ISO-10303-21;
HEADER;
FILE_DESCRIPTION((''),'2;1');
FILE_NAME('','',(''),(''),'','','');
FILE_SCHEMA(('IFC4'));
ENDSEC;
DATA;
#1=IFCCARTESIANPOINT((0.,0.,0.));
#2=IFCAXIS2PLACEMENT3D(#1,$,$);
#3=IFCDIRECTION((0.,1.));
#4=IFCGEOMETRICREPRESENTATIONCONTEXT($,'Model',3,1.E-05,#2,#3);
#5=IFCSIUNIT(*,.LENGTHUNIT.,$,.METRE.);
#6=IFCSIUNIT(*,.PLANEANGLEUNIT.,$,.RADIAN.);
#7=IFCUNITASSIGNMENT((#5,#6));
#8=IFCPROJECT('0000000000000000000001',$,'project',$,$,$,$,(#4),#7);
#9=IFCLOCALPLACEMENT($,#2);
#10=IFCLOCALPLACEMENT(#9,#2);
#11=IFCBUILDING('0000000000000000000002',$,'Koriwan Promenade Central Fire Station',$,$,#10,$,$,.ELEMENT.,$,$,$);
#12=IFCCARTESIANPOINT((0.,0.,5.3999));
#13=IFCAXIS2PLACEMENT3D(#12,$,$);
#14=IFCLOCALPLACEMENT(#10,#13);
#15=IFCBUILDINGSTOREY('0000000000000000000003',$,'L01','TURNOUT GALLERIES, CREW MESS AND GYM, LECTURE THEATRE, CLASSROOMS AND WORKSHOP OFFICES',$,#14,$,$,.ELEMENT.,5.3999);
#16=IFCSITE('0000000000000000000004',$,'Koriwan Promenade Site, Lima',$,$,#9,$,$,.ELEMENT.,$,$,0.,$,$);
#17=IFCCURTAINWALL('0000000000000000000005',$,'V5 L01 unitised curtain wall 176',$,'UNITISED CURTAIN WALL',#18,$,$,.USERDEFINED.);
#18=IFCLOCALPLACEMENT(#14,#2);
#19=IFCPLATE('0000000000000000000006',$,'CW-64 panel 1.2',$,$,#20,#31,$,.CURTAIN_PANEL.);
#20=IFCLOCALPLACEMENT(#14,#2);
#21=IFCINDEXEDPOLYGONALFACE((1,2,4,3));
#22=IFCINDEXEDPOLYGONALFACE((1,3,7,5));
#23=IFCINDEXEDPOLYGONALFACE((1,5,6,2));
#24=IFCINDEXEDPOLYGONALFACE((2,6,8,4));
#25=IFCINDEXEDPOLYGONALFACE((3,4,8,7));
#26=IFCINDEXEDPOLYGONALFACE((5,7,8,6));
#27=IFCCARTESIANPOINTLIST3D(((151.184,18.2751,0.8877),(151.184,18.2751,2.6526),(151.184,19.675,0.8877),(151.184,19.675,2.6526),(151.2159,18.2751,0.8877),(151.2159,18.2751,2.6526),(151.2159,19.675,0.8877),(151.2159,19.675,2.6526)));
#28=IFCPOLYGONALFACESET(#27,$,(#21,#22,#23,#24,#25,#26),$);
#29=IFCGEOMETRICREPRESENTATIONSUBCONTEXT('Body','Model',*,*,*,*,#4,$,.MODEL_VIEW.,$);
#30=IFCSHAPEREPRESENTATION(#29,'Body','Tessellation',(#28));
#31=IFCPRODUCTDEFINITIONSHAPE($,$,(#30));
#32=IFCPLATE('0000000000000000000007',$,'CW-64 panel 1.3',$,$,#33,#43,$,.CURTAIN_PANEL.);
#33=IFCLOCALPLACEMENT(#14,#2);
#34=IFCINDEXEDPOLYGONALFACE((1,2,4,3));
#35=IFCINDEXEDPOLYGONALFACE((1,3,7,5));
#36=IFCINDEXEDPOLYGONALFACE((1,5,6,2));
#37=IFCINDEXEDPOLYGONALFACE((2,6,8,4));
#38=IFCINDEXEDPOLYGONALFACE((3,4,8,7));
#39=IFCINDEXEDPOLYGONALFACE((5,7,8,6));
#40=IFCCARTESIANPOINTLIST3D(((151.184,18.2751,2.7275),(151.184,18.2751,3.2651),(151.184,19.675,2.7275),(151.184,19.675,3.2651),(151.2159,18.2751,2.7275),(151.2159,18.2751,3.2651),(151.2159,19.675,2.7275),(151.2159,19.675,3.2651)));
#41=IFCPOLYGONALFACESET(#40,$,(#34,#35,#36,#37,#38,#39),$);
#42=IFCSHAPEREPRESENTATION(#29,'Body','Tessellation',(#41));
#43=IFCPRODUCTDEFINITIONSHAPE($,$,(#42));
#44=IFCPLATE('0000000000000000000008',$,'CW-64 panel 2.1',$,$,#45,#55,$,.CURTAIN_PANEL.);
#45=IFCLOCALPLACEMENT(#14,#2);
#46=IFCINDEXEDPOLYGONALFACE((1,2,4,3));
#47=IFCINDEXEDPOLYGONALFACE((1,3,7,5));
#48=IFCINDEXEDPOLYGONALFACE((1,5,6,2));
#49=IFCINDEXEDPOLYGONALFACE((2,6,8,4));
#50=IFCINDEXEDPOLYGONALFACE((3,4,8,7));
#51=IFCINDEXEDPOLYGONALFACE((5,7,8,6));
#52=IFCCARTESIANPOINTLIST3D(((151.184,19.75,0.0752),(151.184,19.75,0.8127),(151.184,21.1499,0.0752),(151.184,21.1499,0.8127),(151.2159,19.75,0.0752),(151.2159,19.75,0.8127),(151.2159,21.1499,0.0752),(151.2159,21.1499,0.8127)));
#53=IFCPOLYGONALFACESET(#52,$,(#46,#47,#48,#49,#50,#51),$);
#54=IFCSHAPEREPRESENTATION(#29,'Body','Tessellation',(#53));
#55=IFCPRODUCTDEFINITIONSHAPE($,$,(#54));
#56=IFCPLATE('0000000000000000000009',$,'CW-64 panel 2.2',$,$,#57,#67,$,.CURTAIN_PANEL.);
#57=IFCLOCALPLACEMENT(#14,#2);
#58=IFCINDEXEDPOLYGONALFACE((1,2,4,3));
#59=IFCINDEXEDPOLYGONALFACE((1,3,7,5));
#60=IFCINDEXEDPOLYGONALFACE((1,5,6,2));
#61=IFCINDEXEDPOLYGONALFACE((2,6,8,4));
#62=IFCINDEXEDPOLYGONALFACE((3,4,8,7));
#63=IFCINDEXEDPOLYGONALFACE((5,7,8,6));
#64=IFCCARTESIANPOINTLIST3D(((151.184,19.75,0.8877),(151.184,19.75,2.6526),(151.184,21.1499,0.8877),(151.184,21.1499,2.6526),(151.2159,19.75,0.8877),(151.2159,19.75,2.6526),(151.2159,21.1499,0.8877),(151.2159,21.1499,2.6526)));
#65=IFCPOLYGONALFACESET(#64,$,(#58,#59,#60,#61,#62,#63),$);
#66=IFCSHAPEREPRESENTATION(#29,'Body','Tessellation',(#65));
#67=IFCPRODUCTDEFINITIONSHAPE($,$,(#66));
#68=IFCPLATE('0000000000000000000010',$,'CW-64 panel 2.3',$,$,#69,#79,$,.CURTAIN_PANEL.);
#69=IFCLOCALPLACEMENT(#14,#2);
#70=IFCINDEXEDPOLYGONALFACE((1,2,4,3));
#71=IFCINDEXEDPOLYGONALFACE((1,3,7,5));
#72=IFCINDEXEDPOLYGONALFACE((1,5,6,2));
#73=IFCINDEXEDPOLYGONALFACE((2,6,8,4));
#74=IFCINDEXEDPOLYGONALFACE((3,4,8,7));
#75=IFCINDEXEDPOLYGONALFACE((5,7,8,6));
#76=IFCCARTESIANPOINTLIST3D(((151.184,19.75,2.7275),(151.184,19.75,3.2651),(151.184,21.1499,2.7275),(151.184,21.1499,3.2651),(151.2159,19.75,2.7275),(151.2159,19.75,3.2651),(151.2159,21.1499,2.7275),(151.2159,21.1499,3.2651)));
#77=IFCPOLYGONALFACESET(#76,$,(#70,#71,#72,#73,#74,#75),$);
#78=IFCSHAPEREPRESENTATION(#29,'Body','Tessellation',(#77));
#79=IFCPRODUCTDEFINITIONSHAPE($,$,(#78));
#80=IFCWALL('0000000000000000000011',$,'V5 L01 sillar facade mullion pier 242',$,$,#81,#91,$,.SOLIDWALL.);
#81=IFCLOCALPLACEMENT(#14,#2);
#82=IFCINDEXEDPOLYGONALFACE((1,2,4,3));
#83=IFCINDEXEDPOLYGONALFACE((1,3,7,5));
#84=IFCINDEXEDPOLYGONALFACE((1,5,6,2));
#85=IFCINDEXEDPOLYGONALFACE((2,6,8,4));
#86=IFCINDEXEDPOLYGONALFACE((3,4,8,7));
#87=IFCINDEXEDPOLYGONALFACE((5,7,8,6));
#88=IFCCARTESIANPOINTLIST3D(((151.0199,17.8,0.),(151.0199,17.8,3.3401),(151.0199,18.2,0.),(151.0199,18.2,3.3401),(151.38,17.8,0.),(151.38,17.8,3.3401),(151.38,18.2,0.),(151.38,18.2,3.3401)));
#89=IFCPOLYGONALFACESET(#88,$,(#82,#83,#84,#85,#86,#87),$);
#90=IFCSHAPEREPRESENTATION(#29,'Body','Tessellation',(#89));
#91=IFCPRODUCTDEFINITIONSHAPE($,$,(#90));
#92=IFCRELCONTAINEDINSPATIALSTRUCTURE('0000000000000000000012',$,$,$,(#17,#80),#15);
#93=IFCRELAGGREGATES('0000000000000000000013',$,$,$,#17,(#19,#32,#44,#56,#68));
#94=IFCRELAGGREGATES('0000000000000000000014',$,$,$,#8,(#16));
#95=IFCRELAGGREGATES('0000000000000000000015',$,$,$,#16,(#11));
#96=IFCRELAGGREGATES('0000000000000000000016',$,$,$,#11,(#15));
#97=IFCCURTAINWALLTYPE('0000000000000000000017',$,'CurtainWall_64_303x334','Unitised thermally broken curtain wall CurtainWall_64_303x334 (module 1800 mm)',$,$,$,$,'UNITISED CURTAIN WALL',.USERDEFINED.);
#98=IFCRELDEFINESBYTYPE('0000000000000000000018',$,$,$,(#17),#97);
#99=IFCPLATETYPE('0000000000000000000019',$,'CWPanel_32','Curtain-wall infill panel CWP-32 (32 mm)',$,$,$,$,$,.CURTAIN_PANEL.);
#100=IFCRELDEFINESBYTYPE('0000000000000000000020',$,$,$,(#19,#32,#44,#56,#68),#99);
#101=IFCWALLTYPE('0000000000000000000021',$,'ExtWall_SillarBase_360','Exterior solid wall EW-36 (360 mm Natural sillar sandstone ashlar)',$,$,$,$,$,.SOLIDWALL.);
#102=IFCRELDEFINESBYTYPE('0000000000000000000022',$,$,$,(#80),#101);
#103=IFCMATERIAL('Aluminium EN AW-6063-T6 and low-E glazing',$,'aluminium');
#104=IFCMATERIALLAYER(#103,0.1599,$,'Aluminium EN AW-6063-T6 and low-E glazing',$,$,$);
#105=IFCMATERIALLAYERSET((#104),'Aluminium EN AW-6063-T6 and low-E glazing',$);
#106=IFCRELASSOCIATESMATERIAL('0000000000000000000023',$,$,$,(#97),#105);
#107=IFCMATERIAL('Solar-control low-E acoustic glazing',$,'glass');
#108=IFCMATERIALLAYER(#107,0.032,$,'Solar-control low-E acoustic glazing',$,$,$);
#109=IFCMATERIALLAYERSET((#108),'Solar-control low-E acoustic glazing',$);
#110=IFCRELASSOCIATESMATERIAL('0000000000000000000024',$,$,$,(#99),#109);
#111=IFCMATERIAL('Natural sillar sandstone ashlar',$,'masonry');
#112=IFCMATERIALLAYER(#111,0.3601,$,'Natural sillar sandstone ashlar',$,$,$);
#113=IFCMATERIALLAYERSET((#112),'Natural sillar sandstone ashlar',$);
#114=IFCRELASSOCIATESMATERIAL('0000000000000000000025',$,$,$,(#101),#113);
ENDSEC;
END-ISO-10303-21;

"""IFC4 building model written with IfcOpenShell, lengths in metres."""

from ifc_helpers import new_model, si_unit, direction, frame, frame_2d, origin, origin_2d, place, context, subcontext, project, spatial, rectangle, extrude, material, layer, layer_set, type_object, element, aggregate, save


model = new_model("IFC4")

# Units and contexts
model_context = context("Model", 3, precision=1e-05, world=origin(), true_north=direction((0.0, 1.0)))
body_context = subcontext(model_context, "Body", "Model", "MODEL_VIEW")
ifc_project = project(units=[si_unit("LENGTHUNIT", "METRE"), si_unit("PLANEANGLEUNIT", "RADIAN")], contexts=[model_context])

# Site, building, storey
site_placement = place(None, origin())
site = spatial("IfcSite", under=ifc_project, at=site_placement, Name="Koriwan Promenade Site, Lima", CompositionType="ELEMENT", RefElevation=0.0)
building_placement = place(site_placement, origin())
building = spatial("IfcBuilding", under=site, at=building_placement, Name="Koriwan Promenade Central Fire Station", CompositionType="ELEMENT")
storey_placement = place(building_placement, frame((0.0, 0.0, 5.3999)))
storey = spatial("IfcBuildingStorey", under=building, at=storey_placement, Name="L01", Description="TURNOUT GALLERIES, CREW MESS AND GYM, LECTURE THEATRE, CLASSROOMS AND WORKSHOP OFFICES", CompositionType="ELEMENT", Elevation=5.3999)

# Curtain wall
ifc_material_1 = material(Name="Aluminium EN AW-6063-T6 and low-E glazing", Category="aluminium")
ifc_layer_1 = layer(ifc_material_1, 0.1599, Name="Aluminium EN AW-6063-T6 and low-E glazing")
ifc_layer_set_1 = layer_set([ifc_layer_1], Name="Aluminium EN AW-6063-T6 and low-E glazing")
curtain_wall_type_1 = type_object("IfcCurtainWallType", Name="CurtainWall_64_303x334", Description="Unitised thermally broken curtain wall CurtainWall_64_303x334 (module 1800 mm)", ElementType="UNITISED CURTAIN WALL", PredefinedType="USERDEFINED", material=ifc_layer_set_1)
curtain_wall_1_placement = place(storey_placement, origin())
curtain_wall_1 = element("IfcCurtainWall", 1, at=curtain_wall_1_placement, inside=storey, type_object=curtain_wall_type_1, Name="V5 L01 unitised curtain wall 176", ObjectType="UNITISED CURTAIN WALL", PredefinedType="USERDEFINED")

# Plates
ifc_material_2 = material(Name="Solar-control low-E acoustic glazing", Category="glass")
ifc_layer_2 = layer(ifc_material_2, 0.032, Name="Solar-control low-E acoustic glazing")
ifc_layer_set_2 = layer_set([ifc_layer_2], Name="Solar-control low-E acoustic glazing")
plate_type = type_object("IfcPlateType", Name="CWPanel_32", Description="Curtain-wall infill panel CWP-32 (32 mm)", PredefinedType="CURTAIN_PANEL", material=ifc_layer_set_2)
plate_1_placement = place(storey_placement, frame((151.2, 18.9751, 0.8877), z_axis=(0.0, 0.0, 1.0), x_axis=(0.0, 1.0, 0.0)))
plate_1 = element("IfcPlate", 2, at=plate_1_placement, type_object=plate_type, Name="CW-64 panel 1.2", PredefinedType="CURTAIN_PANEL", context=body_context, shape_type="SweptSolid", body=[
    extrude(rectangle(XDim=1.3999, YDim=0.032, at=origin_2d()), origin(), (0.0, 0.0, 1.0), 1.7649),
])
plate_2_placement = place(storey_placement, frame((151.2, 18.9751, 2.7275), z_axis=(0.0, 0.0, 1.0), x_axis=(0.0, 1.0, 0.0)))
plate_2 = element("IfcPlate", 3, at=plate_2_placement, type_object=plate_type, Name="CW-64 panel 1.3", PredefinedType="CURTAIN_PANEL", context=body_context, shape_type="SweptSolid", body=[
    extrude(rectangle(XDim=1.3999, YDim=0.032, at=origin_2d()), origin(), (0.0, 0.0, 1.0), 0.5376),
])
plate_3_placement = place(storey_placement, frame((151.2, 20.45, 0.0752), z_axis=(0.0, 0.0, 1.0), x_axis=(0.0, 1.0, 0.0)))
plate_3 = element("IfcPlate", 4, at=plate_3_placement, type_object=plate_type, Name="CW-64 panel 2.1", PredefinedType="CURTAIN_PANEL", context=body_context, shape_type="SweptSolid", body=[
    extrude(rectangle(XDim=1.3999, YDim=0.032, at=origin_2d()), origin(), (0.0, 0.0, 1.0), 0.7375),
])
plate_4_placement = place(storey_placement, frame((151.2, 20.45, 0.8877), z_axis=(0.0, 0.0, 1.0), x_axis=(0.0, 1.0, 0.0)))
plate_4 = element("IfcPlate", 5, at=plate_4_placement, type_object=plate_type, Name="CW-64 panel 2.2", PredefinedType="CURTAIN_PANEL", context=body_context, shape_type="SweptSolid", body=[
    extrude(rectangle(XDim=1.3999, YDim=0.032, at=origin_2d()), origin(), (0.0, 0.0, 1.0), 1.7649),
])
plate_5_placement = place(storey_placement, frame((151.2, 20.45, 2.7275), z_axis=(0.0, 0.0, 1.0), x_axis=(0.0, 1.0, 0.0)))
plate_5 = element("IfcPlate", 6, at=plate_5_placement, type_object=plate_type, Name="CW-64 panel 2.3", PredefinedType="CURTAIN_PANEL", context=body_context, shape_type="SweptSolid", body=[
    extrude(rectangle(XDim=1.3999, YDim=0.032, at=origin_2d()), origin(), (0.0, 0.0, 1.0), 0.5376),
])
aggregate(curtain_wall_1, [plate_1, plate_2, plate_3, plate_4, plate_5])

# Wall
ifc_material_3 = material(Name="Natural sillar sandstone ashlar", Category="masonry")
ifc_layer_3 = layer(ifc_material_3, 0.3601, Name="Natural sillar sandstone ashlar")
ifc_layer_set_3 = layer_set([ifc_layer_3], Name="Natural sillar sandstone ashlar")
wall_type = type_object("IfcWallType", Name="ExtWall_SillarBase_360", Description="Exterior solid wall EW-36 (360 mm Natural sillar sandstone ashlar)", PredefinedType="SOLIDWALL", material=ifc_layer_set_3)
wall_placement = place(storey_placement, frame((151.2, 17.8, 0.0), z_axis=(0.0, 0.0, 1.0), x_axis=(0.0, 1.0, 0.0)))
element("IfcWall", 7, at=wall_placement, inside=storey, type_object=wall_type, Name="V5 L01 sillar facade mullion pier 242", PredefinedType="SOLIDWALL", context=body_context, shape_type="SweptSolid", body=[
    extrude(rectangle(XDim=0.3999, YDim=0.3601, at=frame_2d((0.2, 0.0))), origin(), (0.0, 0.0, 1.0), 3.3401),
])

save(model, "model.ifc")
